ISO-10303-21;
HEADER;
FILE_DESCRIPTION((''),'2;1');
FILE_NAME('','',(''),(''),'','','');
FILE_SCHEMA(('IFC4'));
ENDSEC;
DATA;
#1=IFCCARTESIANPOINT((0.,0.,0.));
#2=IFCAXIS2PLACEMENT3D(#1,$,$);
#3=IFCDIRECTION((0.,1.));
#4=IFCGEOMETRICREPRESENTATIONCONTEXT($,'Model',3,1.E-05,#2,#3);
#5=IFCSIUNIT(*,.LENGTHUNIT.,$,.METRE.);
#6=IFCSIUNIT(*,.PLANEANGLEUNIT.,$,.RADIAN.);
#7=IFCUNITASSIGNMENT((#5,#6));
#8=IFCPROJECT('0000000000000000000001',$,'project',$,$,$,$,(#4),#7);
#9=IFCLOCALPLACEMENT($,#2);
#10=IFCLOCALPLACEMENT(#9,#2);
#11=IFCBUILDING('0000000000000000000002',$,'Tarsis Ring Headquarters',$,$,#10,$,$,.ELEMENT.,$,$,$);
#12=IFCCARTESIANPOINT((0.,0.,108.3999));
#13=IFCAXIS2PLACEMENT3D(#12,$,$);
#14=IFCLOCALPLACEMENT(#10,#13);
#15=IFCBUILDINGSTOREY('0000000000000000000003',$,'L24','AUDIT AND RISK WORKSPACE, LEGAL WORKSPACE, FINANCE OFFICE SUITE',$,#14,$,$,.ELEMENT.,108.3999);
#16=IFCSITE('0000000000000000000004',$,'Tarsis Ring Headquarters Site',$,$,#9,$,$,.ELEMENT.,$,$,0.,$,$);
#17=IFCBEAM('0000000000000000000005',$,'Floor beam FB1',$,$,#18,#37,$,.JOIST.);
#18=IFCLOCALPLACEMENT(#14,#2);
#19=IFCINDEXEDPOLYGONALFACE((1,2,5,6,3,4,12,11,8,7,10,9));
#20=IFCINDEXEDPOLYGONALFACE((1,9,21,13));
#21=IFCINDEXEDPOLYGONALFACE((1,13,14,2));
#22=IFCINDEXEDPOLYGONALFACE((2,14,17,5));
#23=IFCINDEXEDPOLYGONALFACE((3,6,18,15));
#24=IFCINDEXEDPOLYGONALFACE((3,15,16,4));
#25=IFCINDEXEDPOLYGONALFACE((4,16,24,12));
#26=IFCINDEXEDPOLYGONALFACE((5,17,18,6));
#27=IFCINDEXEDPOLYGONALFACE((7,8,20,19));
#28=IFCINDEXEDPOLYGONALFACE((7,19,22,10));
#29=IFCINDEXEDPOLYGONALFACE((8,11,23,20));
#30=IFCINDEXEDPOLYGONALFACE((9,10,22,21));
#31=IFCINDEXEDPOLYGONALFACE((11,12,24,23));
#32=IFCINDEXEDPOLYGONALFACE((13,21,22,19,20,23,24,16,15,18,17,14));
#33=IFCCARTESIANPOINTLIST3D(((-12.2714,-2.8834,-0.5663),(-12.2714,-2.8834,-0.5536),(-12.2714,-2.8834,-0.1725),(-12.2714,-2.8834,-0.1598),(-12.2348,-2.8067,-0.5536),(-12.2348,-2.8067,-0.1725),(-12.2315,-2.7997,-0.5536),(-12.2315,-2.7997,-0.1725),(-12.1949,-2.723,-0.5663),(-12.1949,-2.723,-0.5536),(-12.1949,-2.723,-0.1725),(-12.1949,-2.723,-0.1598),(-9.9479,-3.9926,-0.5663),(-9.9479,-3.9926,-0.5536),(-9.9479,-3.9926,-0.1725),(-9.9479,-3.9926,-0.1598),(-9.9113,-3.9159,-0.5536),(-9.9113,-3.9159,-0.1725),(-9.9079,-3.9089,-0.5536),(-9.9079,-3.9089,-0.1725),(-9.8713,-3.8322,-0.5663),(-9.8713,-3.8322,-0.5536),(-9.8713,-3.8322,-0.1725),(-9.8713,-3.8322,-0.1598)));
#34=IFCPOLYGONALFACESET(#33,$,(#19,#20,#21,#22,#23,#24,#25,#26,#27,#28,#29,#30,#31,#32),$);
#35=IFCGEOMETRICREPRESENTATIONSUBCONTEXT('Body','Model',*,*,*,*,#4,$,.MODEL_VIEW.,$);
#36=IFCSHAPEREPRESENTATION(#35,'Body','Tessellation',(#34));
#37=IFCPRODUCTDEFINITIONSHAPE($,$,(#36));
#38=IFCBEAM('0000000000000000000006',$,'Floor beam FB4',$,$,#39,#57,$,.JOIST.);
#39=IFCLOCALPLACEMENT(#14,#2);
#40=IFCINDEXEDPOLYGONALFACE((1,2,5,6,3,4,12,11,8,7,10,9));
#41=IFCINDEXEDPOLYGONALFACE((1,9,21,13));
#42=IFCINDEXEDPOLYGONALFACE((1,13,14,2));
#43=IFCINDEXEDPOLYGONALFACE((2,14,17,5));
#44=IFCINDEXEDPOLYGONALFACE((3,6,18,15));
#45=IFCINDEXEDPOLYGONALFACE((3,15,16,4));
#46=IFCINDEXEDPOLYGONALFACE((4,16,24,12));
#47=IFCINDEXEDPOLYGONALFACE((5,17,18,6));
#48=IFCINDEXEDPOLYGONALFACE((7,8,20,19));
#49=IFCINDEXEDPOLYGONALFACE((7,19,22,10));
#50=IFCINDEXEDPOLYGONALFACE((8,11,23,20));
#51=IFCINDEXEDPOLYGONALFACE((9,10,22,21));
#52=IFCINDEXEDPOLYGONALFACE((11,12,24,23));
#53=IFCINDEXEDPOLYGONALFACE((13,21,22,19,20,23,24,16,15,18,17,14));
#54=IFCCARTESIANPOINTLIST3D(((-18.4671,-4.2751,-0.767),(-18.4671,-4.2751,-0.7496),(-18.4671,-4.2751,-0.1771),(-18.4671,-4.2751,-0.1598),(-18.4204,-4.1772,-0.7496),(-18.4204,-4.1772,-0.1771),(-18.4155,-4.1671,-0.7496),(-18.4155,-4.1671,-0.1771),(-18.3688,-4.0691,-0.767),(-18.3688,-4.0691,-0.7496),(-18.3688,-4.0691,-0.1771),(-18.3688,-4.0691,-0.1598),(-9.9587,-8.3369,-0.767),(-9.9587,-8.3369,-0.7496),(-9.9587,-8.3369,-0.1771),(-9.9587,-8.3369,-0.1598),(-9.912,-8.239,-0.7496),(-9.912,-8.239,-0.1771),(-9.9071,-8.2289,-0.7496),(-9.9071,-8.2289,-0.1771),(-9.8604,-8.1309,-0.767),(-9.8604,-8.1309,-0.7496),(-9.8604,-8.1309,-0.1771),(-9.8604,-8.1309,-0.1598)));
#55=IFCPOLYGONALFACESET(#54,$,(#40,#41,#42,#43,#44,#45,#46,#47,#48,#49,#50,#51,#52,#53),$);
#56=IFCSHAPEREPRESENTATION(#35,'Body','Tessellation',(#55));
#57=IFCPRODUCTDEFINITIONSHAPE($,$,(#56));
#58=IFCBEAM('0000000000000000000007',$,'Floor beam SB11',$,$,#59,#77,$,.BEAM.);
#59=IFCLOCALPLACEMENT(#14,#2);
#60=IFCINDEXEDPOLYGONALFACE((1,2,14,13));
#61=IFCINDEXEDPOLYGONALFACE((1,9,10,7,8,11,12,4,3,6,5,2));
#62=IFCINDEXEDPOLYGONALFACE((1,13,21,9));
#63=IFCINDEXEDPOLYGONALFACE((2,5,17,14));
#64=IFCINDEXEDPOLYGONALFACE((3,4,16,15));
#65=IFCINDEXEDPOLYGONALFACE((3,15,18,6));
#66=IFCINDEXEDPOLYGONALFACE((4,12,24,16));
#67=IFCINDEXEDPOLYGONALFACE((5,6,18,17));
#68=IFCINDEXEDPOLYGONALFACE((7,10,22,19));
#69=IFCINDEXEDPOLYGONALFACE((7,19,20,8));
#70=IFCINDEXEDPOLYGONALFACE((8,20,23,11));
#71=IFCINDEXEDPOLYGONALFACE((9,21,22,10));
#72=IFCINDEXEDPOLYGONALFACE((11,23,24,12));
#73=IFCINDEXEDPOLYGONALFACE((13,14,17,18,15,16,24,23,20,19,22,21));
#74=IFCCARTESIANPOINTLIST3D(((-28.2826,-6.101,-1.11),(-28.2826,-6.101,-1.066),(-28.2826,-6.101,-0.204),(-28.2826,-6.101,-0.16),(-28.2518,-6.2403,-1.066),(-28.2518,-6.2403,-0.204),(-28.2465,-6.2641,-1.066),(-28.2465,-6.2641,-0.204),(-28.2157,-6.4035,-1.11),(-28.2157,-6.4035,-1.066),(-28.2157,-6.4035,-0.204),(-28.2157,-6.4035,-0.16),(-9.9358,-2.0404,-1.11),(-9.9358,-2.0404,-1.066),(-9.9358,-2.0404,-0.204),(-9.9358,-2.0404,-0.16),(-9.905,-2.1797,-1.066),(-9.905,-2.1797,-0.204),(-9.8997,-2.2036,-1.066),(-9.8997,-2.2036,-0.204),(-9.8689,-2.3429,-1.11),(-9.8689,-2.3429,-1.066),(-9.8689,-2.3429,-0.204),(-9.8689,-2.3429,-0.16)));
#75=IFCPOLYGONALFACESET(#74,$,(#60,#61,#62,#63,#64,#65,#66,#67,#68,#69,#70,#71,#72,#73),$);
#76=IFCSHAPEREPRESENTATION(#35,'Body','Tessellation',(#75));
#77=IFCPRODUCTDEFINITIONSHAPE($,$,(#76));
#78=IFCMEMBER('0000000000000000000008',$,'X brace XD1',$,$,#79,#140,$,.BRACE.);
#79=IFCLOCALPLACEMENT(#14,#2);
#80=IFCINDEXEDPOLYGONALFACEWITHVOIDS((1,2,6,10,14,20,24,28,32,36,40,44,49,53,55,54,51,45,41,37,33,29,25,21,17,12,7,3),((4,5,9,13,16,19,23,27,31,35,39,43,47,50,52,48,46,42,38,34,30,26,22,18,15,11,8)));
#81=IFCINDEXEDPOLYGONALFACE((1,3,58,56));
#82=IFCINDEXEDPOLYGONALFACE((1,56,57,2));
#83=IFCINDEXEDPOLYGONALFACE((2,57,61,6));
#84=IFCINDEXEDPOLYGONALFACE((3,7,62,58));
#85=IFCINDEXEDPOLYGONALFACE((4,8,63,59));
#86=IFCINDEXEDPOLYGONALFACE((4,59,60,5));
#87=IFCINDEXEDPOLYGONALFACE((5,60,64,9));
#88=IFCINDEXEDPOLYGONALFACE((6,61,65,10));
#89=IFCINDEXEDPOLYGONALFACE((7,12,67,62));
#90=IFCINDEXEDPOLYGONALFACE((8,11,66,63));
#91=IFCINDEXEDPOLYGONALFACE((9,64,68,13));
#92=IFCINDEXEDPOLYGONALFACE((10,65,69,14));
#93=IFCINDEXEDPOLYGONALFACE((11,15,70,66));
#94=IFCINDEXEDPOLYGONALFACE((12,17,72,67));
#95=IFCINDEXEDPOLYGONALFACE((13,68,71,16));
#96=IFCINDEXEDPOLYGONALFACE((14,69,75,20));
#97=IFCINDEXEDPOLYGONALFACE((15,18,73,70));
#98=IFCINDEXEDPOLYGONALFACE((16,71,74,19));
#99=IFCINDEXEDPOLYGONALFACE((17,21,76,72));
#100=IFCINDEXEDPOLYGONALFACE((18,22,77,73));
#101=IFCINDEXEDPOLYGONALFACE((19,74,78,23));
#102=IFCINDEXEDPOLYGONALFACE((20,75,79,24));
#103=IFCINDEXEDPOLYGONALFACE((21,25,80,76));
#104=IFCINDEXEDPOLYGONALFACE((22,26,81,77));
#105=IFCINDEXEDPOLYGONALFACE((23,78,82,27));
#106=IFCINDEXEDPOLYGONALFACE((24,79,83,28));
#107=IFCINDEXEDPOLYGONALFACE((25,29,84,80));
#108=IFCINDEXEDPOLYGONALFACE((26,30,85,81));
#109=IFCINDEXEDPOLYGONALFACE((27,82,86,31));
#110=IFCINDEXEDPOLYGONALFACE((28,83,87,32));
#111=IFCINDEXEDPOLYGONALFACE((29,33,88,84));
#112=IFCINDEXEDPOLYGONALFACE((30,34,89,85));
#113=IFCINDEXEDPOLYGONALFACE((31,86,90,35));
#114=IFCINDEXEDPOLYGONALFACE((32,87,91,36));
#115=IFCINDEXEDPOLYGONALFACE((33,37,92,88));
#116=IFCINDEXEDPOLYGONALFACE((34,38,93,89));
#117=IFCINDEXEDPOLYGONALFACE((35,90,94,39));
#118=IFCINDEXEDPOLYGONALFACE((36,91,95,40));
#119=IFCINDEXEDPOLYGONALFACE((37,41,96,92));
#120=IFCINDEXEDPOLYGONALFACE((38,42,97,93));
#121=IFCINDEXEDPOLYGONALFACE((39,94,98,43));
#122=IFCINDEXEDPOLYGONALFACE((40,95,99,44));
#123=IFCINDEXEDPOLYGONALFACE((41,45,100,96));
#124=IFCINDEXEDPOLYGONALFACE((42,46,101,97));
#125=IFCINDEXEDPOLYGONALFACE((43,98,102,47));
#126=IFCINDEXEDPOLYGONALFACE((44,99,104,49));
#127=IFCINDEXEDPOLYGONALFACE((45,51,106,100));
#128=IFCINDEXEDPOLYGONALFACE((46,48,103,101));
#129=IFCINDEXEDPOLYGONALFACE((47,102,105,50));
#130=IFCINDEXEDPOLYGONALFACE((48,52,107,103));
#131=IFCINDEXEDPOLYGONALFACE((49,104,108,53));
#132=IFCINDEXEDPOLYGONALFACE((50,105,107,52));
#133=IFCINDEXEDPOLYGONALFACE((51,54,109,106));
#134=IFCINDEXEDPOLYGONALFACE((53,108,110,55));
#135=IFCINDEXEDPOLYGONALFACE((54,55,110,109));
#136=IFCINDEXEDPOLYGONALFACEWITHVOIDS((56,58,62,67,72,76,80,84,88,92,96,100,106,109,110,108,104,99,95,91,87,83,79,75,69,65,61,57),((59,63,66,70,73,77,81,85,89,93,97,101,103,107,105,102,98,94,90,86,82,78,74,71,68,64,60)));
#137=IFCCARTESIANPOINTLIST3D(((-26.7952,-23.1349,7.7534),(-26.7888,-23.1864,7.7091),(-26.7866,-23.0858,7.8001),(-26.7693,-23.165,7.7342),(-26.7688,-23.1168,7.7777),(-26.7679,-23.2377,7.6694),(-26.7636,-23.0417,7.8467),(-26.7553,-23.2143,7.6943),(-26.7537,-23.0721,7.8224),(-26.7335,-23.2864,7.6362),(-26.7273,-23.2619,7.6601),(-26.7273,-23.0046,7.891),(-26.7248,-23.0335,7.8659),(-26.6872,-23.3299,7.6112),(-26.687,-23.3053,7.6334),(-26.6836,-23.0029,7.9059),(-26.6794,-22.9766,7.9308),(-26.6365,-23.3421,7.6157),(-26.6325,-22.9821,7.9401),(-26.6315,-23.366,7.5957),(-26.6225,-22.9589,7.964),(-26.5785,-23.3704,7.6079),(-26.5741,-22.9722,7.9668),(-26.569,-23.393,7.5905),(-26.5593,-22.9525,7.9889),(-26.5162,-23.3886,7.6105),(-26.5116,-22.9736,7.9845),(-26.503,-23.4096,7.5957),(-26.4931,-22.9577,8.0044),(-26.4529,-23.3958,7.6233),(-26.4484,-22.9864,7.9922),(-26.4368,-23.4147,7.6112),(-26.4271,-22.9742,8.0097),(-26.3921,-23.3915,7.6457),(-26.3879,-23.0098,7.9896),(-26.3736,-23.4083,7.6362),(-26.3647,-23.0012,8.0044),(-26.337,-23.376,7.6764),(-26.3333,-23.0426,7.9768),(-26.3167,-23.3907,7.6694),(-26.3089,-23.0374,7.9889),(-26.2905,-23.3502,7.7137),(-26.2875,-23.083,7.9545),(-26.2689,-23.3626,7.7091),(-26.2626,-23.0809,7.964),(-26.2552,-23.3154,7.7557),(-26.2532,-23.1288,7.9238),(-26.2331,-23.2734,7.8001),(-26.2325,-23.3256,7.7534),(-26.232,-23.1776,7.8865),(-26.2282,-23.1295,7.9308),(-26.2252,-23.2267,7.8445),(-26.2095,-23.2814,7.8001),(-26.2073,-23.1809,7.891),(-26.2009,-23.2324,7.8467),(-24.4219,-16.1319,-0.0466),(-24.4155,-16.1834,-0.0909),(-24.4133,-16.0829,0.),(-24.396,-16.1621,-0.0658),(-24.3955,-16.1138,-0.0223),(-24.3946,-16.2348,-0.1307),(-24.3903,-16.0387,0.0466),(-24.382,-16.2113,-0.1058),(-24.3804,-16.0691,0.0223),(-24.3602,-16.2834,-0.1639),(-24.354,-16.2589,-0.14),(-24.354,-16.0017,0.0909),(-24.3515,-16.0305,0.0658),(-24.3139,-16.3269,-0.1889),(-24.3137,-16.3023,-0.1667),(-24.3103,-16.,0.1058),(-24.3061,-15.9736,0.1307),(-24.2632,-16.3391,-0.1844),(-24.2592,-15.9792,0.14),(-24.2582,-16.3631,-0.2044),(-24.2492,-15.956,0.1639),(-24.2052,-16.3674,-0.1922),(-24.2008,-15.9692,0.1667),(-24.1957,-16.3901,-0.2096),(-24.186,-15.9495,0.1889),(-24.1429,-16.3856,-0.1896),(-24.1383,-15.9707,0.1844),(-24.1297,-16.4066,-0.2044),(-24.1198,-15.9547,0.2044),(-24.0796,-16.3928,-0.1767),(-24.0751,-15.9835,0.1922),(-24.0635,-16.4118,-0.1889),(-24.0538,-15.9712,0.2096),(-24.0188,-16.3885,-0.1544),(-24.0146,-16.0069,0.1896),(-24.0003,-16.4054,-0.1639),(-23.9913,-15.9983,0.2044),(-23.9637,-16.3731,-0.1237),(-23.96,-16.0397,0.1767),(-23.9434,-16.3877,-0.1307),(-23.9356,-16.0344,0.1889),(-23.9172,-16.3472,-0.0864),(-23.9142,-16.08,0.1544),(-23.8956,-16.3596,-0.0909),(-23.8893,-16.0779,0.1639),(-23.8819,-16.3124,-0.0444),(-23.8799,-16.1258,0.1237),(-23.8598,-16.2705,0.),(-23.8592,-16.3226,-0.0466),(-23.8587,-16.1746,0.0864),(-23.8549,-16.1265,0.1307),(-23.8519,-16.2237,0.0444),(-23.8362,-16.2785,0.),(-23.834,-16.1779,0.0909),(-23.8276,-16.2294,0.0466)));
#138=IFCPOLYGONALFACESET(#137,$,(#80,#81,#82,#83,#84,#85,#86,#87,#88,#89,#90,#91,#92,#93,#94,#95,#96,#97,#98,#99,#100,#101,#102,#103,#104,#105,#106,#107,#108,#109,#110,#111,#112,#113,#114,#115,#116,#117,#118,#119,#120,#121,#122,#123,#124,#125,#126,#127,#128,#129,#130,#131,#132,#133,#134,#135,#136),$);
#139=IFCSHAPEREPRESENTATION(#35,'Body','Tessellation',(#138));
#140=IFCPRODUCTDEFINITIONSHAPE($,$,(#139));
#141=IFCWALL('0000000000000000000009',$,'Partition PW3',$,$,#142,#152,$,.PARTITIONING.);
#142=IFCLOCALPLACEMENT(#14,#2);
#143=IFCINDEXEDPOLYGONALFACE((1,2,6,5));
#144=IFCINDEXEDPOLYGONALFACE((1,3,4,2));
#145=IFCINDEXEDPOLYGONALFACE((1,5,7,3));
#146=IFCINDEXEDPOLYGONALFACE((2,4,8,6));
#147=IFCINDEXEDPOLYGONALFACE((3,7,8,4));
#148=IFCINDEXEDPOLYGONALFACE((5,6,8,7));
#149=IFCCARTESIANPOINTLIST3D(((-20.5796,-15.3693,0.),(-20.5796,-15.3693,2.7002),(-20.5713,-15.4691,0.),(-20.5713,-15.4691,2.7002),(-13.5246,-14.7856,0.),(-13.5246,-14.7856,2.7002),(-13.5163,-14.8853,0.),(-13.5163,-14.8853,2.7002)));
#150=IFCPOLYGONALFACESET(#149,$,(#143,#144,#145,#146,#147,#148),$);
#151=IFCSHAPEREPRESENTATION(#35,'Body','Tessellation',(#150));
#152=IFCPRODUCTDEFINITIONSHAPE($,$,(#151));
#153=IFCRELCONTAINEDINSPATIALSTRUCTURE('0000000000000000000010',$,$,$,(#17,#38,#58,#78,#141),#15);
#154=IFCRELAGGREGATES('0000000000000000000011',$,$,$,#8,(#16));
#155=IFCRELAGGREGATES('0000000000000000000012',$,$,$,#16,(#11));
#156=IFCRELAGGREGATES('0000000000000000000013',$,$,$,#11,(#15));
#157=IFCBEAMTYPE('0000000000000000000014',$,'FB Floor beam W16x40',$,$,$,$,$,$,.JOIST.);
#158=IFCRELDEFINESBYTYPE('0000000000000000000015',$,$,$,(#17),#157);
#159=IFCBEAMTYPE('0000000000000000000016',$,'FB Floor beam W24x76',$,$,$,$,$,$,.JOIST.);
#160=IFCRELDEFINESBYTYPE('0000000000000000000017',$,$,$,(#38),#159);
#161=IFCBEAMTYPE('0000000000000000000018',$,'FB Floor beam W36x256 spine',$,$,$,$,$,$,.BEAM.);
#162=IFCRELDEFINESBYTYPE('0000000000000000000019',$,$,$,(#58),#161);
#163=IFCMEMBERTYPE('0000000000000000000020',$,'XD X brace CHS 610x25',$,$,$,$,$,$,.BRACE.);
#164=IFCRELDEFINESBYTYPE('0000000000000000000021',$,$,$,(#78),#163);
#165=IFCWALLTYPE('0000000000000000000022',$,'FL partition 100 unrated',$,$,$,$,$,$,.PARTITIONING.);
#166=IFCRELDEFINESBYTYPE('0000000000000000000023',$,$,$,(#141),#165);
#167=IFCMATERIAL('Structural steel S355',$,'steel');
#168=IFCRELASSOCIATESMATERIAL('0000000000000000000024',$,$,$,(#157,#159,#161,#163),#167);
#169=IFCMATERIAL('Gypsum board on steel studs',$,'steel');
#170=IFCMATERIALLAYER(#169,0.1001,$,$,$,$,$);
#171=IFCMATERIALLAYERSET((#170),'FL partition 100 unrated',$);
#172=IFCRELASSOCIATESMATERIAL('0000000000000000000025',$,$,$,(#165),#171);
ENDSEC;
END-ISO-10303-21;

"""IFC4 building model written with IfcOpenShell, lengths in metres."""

from ifc_helpers import new_model, si_unit, direction, frame, frame_2d, origin, origin_2d, place, context, subcontext, project, spatial, rectangle, hollow_circle, i_section, extrude, material, layer, layer_set, material_profile, profile_set, type_object, element, save


model = new_model("IFC4")

# Units and contexts
model_context = context("Model", 3, precision=1e-05, world=origin(), true_north=direction((0.0, 1.0)))
body_context = subcontext(model_context, "Body", "Model", "MODEL_VIEW")
ifc_project = project(units=[si_unit("LENGTHUNIT", "METRE"), si_unit("PLANEANGLEUNIT", "RADIAN")], contexts=[model_context])

# Site, building, storey
site_placement = place(None, origin())
site = spatial("IfcSite", under=ifc_project, at=site_placement, Name="Tarsis Ring Headquarters Site", CompositionType="ELEMENT", RefElevation=0.0)
building_placement = place(site_placement, origin())
building = spatial("IfcBuilding", under=site, at=building_placement, Name="Tarsis Ring Headquarters", CompositionType="ELEMENT")
storey_placement = place(building_placement, frame((0.0, 0.0, 108.3999)))
storey = spatial("IfcBuildingStorey", under=building, at=storey_placement, Name="L24", Description="AUDIT AND RISK WORKSPACE, LEGAL WORKSPACE, FINANCE OFFICE SUITE", CompositionType="ELEMENT", Elevation=108.3999)

# Beams
ifc_material_1 = material(Name="Structural steel S355", Category="steel")
ifc_material_profile_1 = material_profile(ifc_material_1, i_section(OverallWidth=0.1777, OverallDepth=0.4065, WebThickness=0.0078, FlangeThickness=0.0127, at=origin_2d()), Name="W16x40")
ifc_profile_set_1 = profile_set([ifc_material_profile_1], Name="Structural steel S355")
beam_type_1 = type_object("IfcBeamType", Name="FB Floor beam W16x40", PredefinedType="JOIST", material=ifc_profile_set_1)
beam_1_placement = place(storey_placement, frame((-12.2332, -2.8032, -0.363), z_axis=(0.902452, -0.430791, 0.0), x_axis=(0.430791, 0.902452, 0.0)))
element("IfcBeam", 1, at=beam_1_placement, inside=storey, type_object=beam_type_1, Name="Floor beam FB1", PredefinedType="JOIST", context=body_context, shape_type="SweptSolid", body=[
    extrude(i_section(OverallWidth=0.1777, OverallDepth=0.4065, WebThickness=0.0078, FlangeThickness=0.0127, at=origin_2d()), origin(), (0.0, 0.0, 1.0), 2.5747),
])
ifc_material_profile_2 = material_profile(ifc_material_1, i_section(OverallWidth=0.2283, OverallDepth=0.6072, WebThickness=0.0112, FlangeThickness=0.0173, at=origin_2d()), Name="W24x76")
ifc_profile_set_2 = profile_set([ifc_material_profile_2], Name="Structural steel S355")
beam_type_2 = type_object("IfcBeamType", Name="FB Floor beam W24x76", PredefinedType="JOIST", material=ifc_profile_set_2)
beam_2_placement = place(storey_placement, frame((-18.418, -4.1721, -0.4634), z_axis=(0.90244, -0.430815, 0.0), x_axis=(0.430815, 0.90244, 0.0)))
element("IfcBeam", 2, at=beam_2_placement, inside=storey, type_object=beam_type_2, Name="Floor beam FB4", PredefinedType="JOIST", context=body_context, shape_type="SweptSolid", body=[
    extrude(i_section(OverallWidth=0.2283, OverallDepth=0.6072, WebThickness=0.0112, FlangeThickness=0.0173, at=origin_2d()), origin(), (0.0, 0.0, 1.0), 9.4282),
])
ifc_material_profile_3 = material_profile(ifc_material_1, i_section(OverallWidth=0.3098, OverallDepth=0.95, WebThickness=0.0244, FlangeThickness=0.0439, at=origin_2d()), Name="W36x256")
ifc_profile_set_3 = profile_set([ifc_material_profile_3], Name="Structural steel S355")
beam_type_3 = type_object("IfcBeamType", Name="FB Floor beam W36x256 spine", PredefinedType="BEAM", material=ifc_profile_set_3)
beam_3_placement = place(storey_placement, frame((-9.9023, -2.1917, -0.635), z_axis=(-0.976373, -0.216094, 0.0), x_axis=(0.216094, -0.976373, 0.0)))
element("IfcBeam", 3, at=beam_3_placement, inside=storey, type_object=beam_type_3, Name="Floor beam SB11", PredefinedType="BEAM", context=body_context, shape_type="SweptSolid", body=[
    extrude(i_section(OverallWidth=0.3098, OverallDepth=0.95, WebThickness=0.0244, FlangeThickness=0.0439, at=origin_2d()), origin(), (0.0, 0.0, 1.0), 18.7908),
])

# Member
ifc_material_profile_4 = material_profile(ifc_material_1, hollow_circle(Radius=0.3047, WallThickness=0.0249, at=origin_2d()), Name="CHS 610x25")
ifc_profile_set_4 = profile_set([ifc_material_profile_4], Name="Structural steel S355")
member_type = type_object("IfcMemberType", Name="XD X brace CHS 610x25", PredefinedType="BRACE", material=ifc_profile_set_4)
member_placement = place(storey_placement, frame((-24.1248, -16.1807, 0.0), z_axis=(-0.220817, -0.651571, 0.725737), x_axis=(0.94709, -0.320969, 0.0)))
element("IfcMember", 4, at=member_placement, inside=storey, type_object=member_type, Name="X brace XD1", PredefinedType="BRACE", context=body_context, shape_type="SweptSolid", body=[
    extrude(hollow_circle(Radius=0.3047, WallThickness=0.0249, at=origin_2d()), origin(), (0.0, 0.0, 1.0), 10.7478),
])

# Wall
ifc_material_2 = material(Name="Gypsum board on steel studs", Category="steel")
ifc_layer_1 = layer(ifc_material_2, 0.1001)
ifc_layer_set_1 = layer_set([ifc_layer_1], Name="FL partition 100 unrated")
wall_type_1 = type_object("IfcWallType", Name="FL partition 100 unrated", PredefinedType="PARTITIONING", material=ifc_layer_set_1)
wall_1_placement = place(storey_placement, frame((-20.5754, -15.4192, 0.0), z_axis=(0.0, 0.0, 1.0), x_axis=(0.996594, 0.08246, 0.0)))
element("IfcWall", 5, at=wall_1_placement, inside=storey, type_object=wall_type_1, Name="Partition PW3", PredefinedType="PARTITIONING", context=body_context, shape_type="SweptSolid", body=[
    extrude(rectangle(XDim=7.0791, YDim=0.1001, at=frame_2d((3.5396, 0.0))), origin(), (0.0, 0.0, 1.0), 2.7002),
])

save(model, "model.ifc")
